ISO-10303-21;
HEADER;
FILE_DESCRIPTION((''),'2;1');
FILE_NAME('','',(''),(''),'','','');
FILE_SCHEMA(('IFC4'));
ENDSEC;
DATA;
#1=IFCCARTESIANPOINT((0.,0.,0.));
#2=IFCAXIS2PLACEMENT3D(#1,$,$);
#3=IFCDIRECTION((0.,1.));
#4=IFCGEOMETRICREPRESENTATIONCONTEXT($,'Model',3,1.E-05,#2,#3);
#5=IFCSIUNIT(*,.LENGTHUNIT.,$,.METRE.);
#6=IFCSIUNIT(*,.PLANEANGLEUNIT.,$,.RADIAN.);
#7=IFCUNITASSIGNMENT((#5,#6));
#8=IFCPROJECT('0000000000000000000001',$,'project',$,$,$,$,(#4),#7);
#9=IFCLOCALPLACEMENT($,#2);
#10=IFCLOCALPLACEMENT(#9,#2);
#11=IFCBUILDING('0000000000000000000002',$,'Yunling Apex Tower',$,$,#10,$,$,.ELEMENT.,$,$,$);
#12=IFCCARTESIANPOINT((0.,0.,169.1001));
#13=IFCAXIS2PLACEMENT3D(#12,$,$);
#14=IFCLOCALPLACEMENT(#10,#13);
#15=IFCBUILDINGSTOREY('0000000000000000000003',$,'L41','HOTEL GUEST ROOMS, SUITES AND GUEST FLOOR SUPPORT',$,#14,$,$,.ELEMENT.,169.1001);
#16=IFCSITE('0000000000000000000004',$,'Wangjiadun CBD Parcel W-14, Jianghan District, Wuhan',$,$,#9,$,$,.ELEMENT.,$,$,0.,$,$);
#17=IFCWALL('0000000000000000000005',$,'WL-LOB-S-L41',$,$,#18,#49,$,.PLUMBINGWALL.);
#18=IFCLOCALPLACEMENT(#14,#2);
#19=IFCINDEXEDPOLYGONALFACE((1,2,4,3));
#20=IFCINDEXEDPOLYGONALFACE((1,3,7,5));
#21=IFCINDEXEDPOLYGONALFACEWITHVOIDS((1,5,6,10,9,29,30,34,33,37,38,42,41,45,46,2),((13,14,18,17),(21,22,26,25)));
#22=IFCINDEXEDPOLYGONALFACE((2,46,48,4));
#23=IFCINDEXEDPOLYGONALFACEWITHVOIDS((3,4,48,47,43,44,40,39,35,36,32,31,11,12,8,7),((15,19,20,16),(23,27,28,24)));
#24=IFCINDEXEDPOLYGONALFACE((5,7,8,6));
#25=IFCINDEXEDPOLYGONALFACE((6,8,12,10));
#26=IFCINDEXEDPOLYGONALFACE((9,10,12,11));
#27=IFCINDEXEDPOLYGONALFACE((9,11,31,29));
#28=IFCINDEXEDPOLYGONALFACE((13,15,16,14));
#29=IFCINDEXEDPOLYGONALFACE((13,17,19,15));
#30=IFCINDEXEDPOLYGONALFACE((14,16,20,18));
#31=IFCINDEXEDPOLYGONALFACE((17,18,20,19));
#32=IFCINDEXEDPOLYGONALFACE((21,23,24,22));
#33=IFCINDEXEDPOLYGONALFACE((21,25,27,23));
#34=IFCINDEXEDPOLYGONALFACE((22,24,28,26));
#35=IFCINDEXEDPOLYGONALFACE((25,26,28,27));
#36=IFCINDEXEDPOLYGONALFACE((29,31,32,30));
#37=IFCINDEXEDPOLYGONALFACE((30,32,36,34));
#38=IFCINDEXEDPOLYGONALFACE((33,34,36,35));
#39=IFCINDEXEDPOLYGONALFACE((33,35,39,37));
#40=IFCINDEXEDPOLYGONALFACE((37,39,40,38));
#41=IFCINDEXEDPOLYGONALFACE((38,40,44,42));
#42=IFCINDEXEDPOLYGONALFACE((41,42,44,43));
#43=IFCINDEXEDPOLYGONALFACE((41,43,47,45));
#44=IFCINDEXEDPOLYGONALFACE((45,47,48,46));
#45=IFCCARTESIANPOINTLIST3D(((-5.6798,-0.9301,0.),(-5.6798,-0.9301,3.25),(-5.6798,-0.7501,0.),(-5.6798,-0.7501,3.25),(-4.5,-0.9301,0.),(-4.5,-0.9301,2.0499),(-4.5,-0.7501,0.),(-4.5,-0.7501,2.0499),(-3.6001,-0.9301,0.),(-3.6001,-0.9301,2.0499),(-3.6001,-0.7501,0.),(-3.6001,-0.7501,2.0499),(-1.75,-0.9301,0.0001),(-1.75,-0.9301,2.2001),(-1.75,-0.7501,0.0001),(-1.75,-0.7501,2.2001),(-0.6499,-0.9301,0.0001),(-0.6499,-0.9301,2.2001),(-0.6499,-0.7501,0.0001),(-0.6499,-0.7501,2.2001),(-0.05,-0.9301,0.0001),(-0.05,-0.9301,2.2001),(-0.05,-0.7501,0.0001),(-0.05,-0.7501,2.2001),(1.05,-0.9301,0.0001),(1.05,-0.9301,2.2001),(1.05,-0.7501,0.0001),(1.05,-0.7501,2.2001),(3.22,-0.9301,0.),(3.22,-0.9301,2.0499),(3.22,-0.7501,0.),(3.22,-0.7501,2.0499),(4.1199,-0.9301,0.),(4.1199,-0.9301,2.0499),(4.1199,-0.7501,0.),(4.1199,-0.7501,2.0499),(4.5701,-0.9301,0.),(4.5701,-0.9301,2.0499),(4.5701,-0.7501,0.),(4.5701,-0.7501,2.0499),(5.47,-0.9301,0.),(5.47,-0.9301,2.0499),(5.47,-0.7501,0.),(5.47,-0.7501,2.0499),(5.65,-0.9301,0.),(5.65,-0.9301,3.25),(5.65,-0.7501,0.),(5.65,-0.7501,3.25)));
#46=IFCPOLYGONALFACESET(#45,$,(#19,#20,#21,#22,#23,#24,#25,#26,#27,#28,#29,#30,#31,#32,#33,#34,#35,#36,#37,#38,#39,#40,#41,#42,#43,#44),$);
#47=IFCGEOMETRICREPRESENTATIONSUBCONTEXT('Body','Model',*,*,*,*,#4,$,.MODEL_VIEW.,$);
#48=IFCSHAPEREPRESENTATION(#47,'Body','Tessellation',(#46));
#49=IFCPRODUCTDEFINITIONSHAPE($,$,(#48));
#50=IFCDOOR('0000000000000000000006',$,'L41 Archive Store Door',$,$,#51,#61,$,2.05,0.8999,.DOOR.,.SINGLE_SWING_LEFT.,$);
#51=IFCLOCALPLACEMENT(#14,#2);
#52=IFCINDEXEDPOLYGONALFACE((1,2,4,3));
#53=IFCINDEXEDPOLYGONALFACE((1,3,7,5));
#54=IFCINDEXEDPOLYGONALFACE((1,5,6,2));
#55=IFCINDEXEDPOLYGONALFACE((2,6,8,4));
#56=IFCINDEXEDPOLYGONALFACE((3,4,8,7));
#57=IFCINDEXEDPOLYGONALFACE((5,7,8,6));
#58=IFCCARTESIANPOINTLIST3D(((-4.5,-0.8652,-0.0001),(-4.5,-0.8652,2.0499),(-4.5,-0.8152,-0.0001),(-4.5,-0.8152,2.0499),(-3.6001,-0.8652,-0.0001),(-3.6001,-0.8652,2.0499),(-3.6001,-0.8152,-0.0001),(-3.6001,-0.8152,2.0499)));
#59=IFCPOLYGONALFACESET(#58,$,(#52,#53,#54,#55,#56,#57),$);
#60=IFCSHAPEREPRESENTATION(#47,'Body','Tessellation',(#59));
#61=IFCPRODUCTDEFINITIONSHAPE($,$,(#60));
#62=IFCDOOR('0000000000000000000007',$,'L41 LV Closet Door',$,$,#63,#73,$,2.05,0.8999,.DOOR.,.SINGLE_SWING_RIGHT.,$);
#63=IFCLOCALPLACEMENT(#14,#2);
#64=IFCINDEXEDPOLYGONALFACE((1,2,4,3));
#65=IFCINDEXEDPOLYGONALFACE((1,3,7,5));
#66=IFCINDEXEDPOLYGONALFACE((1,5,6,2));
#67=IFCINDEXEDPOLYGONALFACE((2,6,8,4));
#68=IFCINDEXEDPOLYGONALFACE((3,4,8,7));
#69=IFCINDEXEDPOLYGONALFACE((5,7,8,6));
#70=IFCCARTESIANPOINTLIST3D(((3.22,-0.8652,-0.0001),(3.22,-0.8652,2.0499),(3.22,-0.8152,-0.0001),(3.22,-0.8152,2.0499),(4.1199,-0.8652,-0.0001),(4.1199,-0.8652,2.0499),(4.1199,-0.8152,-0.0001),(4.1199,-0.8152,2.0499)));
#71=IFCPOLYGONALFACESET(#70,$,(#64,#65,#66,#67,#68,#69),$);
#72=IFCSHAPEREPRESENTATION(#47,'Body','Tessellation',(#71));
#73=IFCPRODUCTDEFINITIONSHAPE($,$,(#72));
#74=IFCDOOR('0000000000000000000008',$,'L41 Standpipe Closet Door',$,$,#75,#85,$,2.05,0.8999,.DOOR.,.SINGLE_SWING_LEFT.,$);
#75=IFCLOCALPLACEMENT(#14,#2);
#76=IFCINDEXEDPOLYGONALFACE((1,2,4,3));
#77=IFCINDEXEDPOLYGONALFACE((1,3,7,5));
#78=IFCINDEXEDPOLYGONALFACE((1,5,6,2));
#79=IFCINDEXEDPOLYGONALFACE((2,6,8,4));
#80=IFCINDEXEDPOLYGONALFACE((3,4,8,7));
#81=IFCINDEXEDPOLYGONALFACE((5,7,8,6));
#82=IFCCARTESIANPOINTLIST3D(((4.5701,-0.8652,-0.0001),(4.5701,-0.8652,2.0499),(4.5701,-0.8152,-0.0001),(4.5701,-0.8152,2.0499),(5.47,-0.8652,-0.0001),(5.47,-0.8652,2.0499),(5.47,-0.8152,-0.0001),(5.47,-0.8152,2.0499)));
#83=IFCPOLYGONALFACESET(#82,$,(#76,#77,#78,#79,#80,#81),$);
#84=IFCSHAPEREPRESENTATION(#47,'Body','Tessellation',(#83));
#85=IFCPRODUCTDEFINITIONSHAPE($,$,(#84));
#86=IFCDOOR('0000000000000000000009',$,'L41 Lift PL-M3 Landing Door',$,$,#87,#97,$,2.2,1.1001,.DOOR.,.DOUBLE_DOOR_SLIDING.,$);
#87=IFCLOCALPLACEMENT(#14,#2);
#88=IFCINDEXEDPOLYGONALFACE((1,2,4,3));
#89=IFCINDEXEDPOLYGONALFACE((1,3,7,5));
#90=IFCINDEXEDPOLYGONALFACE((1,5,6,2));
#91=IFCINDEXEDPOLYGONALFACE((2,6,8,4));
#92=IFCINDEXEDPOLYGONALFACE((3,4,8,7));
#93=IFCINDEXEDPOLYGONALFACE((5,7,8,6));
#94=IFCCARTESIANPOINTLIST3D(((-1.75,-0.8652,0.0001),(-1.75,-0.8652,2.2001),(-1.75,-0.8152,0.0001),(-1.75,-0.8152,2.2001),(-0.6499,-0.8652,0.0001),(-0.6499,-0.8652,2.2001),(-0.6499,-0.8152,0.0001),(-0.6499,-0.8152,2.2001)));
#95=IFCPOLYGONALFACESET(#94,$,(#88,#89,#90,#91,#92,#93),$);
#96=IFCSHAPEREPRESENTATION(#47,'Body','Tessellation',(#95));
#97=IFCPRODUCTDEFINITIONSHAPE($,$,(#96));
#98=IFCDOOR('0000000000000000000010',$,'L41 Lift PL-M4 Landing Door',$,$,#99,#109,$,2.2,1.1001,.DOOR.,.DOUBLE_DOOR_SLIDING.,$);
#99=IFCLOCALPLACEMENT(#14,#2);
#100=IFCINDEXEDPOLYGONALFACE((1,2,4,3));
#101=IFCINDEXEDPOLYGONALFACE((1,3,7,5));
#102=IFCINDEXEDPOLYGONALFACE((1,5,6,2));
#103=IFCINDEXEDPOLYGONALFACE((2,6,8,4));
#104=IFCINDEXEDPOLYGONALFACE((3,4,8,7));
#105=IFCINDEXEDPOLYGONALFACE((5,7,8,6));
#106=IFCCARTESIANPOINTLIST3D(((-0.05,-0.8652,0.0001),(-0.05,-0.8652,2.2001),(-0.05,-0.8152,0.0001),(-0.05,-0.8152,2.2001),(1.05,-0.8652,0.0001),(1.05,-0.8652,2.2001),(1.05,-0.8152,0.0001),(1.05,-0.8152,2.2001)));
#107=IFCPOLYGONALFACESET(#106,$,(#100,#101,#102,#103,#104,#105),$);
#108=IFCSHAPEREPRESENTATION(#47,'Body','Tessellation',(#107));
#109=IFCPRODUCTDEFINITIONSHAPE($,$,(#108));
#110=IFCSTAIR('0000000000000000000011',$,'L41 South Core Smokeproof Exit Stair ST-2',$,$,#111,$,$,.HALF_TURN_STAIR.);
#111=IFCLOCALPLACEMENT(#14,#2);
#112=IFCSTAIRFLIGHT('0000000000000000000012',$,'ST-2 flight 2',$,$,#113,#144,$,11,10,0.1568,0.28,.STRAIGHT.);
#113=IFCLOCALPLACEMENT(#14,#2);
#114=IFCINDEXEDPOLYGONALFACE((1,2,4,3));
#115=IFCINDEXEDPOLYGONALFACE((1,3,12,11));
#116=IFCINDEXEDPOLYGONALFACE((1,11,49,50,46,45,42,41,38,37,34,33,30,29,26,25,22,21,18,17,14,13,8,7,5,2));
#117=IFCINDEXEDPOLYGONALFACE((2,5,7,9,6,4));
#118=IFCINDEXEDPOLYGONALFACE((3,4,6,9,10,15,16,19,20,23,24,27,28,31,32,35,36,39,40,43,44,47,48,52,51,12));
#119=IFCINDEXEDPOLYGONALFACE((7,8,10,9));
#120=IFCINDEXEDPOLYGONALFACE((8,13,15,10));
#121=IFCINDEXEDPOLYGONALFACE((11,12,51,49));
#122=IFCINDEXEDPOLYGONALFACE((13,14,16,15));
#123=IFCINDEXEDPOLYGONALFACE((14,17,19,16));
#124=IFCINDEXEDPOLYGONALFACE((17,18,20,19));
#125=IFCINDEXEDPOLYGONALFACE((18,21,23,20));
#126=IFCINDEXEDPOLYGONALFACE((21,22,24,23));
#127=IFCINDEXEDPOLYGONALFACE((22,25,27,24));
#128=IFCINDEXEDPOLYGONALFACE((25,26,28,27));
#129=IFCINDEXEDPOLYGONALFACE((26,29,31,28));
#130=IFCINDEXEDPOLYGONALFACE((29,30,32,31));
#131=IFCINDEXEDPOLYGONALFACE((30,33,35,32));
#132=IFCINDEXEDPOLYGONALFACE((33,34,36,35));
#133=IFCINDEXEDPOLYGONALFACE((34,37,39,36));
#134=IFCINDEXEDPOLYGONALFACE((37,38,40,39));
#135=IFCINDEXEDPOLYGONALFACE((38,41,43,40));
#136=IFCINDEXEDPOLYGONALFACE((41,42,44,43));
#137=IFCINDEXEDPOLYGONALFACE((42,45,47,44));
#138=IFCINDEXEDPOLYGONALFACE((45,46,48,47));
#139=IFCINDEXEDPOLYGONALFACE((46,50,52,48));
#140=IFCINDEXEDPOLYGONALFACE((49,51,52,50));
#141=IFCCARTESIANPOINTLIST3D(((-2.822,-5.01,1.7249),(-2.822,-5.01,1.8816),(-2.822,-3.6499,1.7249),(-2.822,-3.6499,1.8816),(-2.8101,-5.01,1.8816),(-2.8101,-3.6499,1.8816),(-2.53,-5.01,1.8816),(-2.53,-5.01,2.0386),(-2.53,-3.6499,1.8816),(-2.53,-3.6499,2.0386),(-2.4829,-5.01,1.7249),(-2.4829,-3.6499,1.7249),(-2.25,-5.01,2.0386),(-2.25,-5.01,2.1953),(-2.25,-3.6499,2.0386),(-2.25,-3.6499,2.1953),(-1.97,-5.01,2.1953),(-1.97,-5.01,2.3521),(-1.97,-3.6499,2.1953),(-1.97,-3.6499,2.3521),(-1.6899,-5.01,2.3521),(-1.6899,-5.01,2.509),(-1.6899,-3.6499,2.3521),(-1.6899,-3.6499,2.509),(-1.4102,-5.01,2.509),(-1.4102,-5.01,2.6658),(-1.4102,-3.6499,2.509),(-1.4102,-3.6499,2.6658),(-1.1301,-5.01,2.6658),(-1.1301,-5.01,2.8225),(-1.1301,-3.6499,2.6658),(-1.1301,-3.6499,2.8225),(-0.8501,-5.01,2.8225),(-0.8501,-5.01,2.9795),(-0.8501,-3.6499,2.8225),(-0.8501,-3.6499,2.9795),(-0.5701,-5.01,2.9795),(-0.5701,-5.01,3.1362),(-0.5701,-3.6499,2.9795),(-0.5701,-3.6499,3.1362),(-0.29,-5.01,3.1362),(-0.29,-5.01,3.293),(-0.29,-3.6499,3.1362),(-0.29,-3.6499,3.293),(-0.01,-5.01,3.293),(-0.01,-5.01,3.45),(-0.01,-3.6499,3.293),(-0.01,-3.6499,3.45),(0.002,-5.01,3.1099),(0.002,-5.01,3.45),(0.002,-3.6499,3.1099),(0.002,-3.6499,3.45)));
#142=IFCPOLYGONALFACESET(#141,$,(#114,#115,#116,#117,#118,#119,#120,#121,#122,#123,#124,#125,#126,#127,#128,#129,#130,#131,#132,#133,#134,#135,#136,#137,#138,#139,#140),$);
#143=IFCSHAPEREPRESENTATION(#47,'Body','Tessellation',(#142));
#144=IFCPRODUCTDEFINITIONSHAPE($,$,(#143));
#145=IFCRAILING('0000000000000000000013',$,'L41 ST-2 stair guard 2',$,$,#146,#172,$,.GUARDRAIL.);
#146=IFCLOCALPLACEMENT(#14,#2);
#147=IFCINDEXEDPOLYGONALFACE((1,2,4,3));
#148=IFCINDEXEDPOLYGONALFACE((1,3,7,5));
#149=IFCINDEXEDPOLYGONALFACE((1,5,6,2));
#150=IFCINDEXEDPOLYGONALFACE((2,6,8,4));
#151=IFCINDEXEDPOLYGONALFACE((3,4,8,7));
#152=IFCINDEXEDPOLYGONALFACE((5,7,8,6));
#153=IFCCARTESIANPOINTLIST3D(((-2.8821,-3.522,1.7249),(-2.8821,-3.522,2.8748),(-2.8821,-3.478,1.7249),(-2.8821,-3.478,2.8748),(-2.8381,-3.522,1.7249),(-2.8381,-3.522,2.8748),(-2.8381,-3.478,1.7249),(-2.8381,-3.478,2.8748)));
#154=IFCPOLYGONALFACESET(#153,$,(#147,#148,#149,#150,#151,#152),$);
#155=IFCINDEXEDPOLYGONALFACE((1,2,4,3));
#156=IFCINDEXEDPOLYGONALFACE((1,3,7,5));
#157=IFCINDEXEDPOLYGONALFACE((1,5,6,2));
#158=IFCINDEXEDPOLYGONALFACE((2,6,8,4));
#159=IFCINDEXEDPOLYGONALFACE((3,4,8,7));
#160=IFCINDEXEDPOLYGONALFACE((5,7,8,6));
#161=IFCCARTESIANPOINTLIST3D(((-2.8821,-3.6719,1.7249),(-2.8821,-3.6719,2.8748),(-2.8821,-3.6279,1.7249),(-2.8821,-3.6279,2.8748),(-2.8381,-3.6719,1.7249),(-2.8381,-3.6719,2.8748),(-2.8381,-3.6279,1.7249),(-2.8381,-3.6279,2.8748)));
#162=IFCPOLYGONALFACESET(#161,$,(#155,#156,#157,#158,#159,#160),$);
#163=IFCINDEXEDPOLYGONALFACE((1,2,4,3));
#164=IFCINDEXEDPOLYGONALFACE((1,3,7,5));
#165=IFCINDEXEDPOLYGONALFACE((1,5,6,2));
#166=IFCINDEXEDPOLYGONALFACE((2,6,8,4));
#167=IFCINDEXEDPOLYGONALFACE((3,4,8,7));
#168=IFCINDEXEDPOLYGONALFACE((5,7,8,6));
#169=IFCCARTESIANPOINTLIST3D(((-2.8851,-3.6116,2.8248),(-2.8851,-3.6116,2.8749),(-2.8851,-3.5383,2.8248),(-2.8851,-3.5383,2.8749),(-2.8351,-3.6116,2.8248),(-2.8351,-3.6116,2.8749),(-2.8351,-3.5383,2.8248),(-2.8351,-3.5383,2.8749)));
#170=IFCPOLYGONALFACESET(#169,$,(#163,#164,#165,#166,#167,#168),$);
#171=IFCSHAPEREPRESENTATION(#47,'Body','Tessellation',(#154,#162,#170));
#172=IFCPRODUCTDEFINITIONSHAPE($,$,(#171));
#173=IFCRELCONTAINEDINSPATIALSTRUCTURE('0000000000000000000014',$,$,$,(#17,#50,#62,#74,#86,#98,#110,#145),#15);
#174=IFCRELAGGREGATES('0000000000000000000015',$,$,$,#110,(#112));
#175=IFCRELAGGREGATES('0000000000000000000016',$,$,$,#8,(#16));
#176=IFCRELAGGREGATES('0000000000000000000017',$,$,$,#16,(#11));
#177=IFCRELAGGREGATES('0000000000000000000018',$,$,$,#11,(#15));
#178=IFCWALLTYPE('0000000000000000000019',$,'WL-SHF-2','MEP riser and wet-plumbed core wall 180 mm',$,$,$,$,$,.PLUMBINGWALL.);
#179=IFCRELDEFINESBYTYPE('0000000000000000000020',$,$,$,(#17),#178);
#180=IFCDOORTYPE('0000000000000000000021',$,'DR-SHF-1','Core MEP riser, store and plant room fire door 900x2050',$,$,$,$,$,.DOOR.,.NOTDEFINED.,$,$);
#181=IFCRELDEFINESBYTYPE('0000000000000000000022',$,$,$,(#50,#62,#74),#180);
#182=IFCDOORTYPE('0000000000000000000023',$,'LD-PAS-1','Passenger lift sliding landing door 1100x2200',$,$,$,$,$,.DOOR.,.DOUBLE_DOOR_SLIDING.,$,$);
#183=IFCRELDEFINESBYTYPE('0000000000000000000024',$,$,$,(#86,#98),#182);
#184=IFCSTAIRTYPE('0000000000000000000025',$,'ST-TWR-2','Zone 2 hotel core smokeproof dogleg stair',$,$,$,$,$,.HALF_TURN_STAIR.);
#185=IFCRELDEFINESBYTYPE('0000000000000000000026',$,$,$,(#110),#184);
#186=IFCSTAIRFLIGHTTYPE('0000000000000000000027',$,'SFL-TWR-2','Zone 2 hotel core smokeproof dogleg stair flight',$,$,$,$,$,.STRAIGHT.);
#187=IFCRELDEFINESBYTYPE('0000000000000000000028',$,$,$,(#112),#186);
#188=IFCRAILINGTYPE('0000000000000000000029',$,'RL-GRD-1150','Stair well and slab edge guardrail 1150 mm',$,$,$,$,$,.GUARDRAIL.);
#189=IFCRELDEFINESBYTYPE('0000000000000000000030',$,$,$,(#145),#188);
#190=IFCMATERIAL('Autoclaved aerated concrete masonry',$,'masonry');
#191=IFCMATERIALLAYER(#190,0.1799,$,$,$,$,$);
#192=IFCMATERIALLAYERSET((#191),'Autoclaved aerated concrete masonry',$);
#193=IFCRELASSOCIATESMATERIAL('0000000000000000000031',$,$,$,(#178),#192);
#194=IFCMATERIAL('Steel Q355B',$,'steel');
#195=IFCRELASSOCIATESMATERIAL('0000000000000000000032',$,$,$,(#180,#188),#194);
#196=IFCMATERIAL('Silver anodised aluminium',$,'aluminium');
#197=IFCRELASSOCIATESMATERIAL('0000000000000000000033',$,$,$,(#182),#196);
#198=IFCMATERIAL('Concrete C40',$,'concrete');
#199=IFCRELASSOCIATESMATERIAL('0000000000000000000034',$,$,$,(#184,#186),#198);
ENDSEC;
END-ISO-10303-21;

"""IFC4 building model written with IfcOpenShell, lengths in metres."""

from ifc_helpers import new_model, si_unit, direction, frame, frame_2d, origin, origin_2d, place, context, subcontext, project, spatial, polyline, rectangle, outline, extrude, material, layer, layer_set, type_object, element, fill, aggregate, save


model = new_model("IFC4")

# Units and contexts
model_context = context("Model", 3, precision=1e-05, world=origin(), true_north=direction((0.0, 1.0)))
body_context = subcontext(model_context, "Body", "Model", "MODEL_VIEW")
ifc_project = project(units=[si_unit("LENGTHUNIT", "METRE"), si_unit("PLANEANGLEUNIT", "RADIAN")], contexts=[model_context])

# Site, building, storey
site_placement = place(None, origin())
site = spatial("IfcSite", under=ifc_project, at=site_placement, Name="Wangjiadun CBD Parcel W-14, Jianghan District, Wuhan", CompositionType="ELEMENT", RefElevation=0.0)
building_placement = place(site_placement, origin())
building = spatial("IfcBuilding", under=site, at=building_placement, Name="Yunling Apex Tower", CompositionType="ELEMENT")
storey_placement = place(building_placement, frame((0.0, 0.0, 169.1001)))
storey = spatial("IfcBuildingStorey", under=building, at=storey_placement, Name="L41", Description="HOTEL GUEST ROOMS, SUITES AND GUEST FLOOR SUPPORT", CompositionType="ELEMENT", Elevation=169.1001)

# Shared definitions
ifc_material_1 = material(Name="Steel Q355B", Category="steel")

# Shared definitions
ifc_material_2 = material(Name="Concrete C40", Category="concrete")

# Shared definitions
ifc_material_3 = material(Name="Autoclaved aerated concrete masonry", Category="masonry")

# Shared definitions
ifc_layer_1 = layer(ifc_material_3, 0.1799)
ifc_layer_set_1 = layer_set([ifc_layer_1], Name="Autoclaved aerated concrete masonry")
wall_type_1 = type_object("IfcWallType", Name="WL-SHF-2", Description="MEP riser and wet-plumbed core wall 180 mm", PredefinedType="PLUMBINGWALL", material=ifc_layer_set_1)

# Wall, openings, doors
door_type_1 = type_object("IfcDoorType", Name="DR-SHF-1", Description="Core MEP riser, store and plant room fire door 900x2050", OperationType="NOTDEFINED", PredefinedType="DOOR", material=ifc_material_1)
ifc_material_4 = material(Name="Silver anodised aluminium", Category="aluminium")
door_type_2 = type_object("IfcDoorType", Name="LD-PAS-1", Description="Passenger lift sliding landing door 1100x2200", OperationType="DOUBLE_DOOR_SLIDING", PredefinedType="DOOR", material=ifc_material_4)
wall_1_placement = place(storey_placement, frame((-5.6799, -0.8401, 0.0), z_axis=(0.0, 0.0, 1.0), x_axis=(1.0, 0.0, 0.0)))
wall_1 = element("IfcWall", 1, at=wall_1_placement, inside=storey, type_object=wall_type_1, Name="WL-LOB-S-L41", PredefinedType="PLUMBINGWALL", context=body_context, shape_type="SweptSolid", body=[
    extrude(rectangle(XDim=11.3298, YDim=0.1799, at=frame_2d((5.665, 0.0))), origin(), (0.0, 0.0, 1.0), 3.25),
])
opening_1_placement = place(wall_1_placement, frame((1.1799, 0.0, 0.0)))
opening_1 = element("IfcOpeningElement", 2, at=opening_1_placement, cuts=wall_1, PredefinedType="OPENING", context=body_context, shape_type="SweptSolid", body=[
    extrude(rectangle(XDim=0.8999, YDim=2.05, at=frame_2d((0.45, 1.0249))), frame((0.0, 0.1001, 0.0), z_axis=(0.0, -1.0, 0.0), x_axis=(1.0, 0.0, 0.0)), (0.0, 0.0, 1.0), 0.2),
])
opening_2_placement = place(wall_1_placement, frame((3.9299, 0.0, 0.0)))
opening_2 = element("IfcOpeningElement", 3, at=opening_2_placement, cuts=wall_1, PredefinedType="OPENING", context=body_context, shape_type="SweptSolid", body=[
    extrude(rectangle(XDim=1.1001, YDim=2.2, at=frame_2d((0.55, 1.1001))), frame((0.0, 0.1001, 0.0), z_axis=(0.0, -1.0, 0.0), x_axis=(1.0, 0.0, 0.0)), (0.0, 0.0, 1.0), 0.2),
])
opening_3_placement = place(wall_1_placement, frame((5.6299, 0.0, 0.0)))
opening_3 = element("IfcOpeningElement", 4, at=opening_3_placement, cuts=wall_1, PredefinedType="OPENING", context=body_context, shape_type="SweptSolid", body=[
    extrude(rectangle(XDim=1.1001, YDim=2.2, at=frame_2d((0.55, 1.1001))), frame((0.0, 0.1001, 0.0), z_axis=(0.0, -1.0, 0.0), x_axis=(1.0, 0.0, 0.0)), (0.0, 0.0, 1.0), 0.2),
])
opening_4_placement = place(wall_1_placement, frame((8.8999, 0.0, 0.0)))
opening_4 = element("IfcOpeningElement", 5, at=opening_4_placement, cuts=wall_1, PredefinedType="OPENING", context=body_context, shape_type="SweptSolid", body=[
    extrude(rectangle(XDim=0.8999, YDim=2.05, at=frame_2d((0.45, 1.0249))), frame((0.0, 0.1001, 0.0), z_axis=(0.0, -1.0, 0.0), x_axis=(1.0, 0.0, 0.0)), (0.0, 0.0, 1.0), 0.2),
])
opening_5_placement = place(wall_1_placement, frame((10.25, 0.0, 0.0)))
opening_5 = element("IfcOpeningElement", 6, at=opening_5_placement, cuts=wall_1, PredefinedType="OPENING", context=body_context, shape_type="SweptSolid", body=[
    extrude(rectangle(XDim=0.8999, YDim=2.05, at=frame_2d((0.45, 1.0249))), frame((0.0, 0.1001, 0.0), z_axis=(0.0, -1.0, 0.0), x_axis=(1.0, 0.0, 0.0)), (0.0, 0.0, 1.0), 0.2),
])
door_1_placement = place(opening_1_placement, origin())
door_1 = element("IfcDoor", 7, at=door_1_placement, inside=storey, type_object=door_type_1, Name="L41 Archive Store Door", OperationType="SINGLE_SWING_LEFT", OverallHeight=2.05, OverallWidth=0.8999, PredefinedType="DOOR", context=body_context, shape_type="SweptSolid", body=[
    extrude(rectangle(XDim=0.8999, YDim=2.05, at=frame_2d((0.45, 1.0249))), frame((0.0, 0.0249, 0.0), z_axis=(0.0, -1.0, 0.0), x_axis=(1.0, 0.0, 0.0)), (0.0, 0.0, 1.0), 0.05),
])
fill(opening_1, door_1)
door_2_placement = place(opening_4_placement, origin())
door_2 = element("IfcDoor", 8, at=door_2_placement, inside=storey, type_object=door_type_1, Name="L41 LV Closet Door", OperationType="SINGLE_SWING_RIGHT", OverallHeight=2.05, OverallWidth=0.8999, PredefinedType="DOOR", context=body_context, shape_type="SweptSolid", body=[
    extrude(rectangle(XDim=0.8999, YDim=2.05, at=frame_2d((0.45, 1.0249))), frame((0.0, 0.0249, 0.0), z_axis=(0.0, -1.0, 0.0), x_axis=(1.0, 0.0, 0.0)), (0.0, 0.0, 1.0), 0.05),
])
fill(opening_4, door_2)
door_3_placement = place(opening_5_placement, origin())
door_3 = element("IfcDoor", 9, at=door_3_placement, inside=storey, type_object=door_type_1, Name="L41 Standpipe Closet Door", OperationType="SINGLE_SWING_LEFT", OverallHeight=2.05, OverallWidth=0.8999, PredefinedType="DOOR", context=body_context, shape_type="SweptSolid", body=[
    extrude(rectangle(XDim=0.8999, YDim=2.05, at=frame_2d((0.45, 1.0249))), frame((0.0, 0.0249, 0.0), z_axis=(0.0, -1.0, 0.0), x_axis=(1.0, 0.0, 0.0)), (0.0, 0.0, 1.0), 0.05),
])
fill(opening_5, door_3)
door_4_placement = place(opening_2_placement, origin())
door_4 = element("IfcDoor", 10, at=door_4_placement, inside=storey, type_object=door_type_2, Name="L41 Lift PL-M3 Landing Door", OperationType="DOUBLE_DOOR_SLIDING", OverallHeight=2.2, OverallWidth=1.1001, PredefinedType="DOOR", context=body_context, shape_type="SweptSolid", body=[
    extrude(rectangle(XDim=1.1001, YDim=2.2, at=frame_2d((0.55, 1.1001))), frame((0.0, 0.0249, 0.0), z_axis=(0.0, -1.0, 0.0), x_axis=(1.0, 0.0, 0.0)), (0.0, 0.0, 1.0), 0.05),
])
fill(opening_2, door_4)
door_5_placement = place(opening_3_placement, origin())
door_5 = element("IfcDoor", 11, at=door_5_placement, inside=storey, type_object=door_type_2, Name="L41 Lift PL-M4 Landing Door", OperationType="DOUBLE_DOOR_SLIDING", OverallHeight=2.2, OverallWidth=1.1001, PredefinedType="DOOR", context=body_context, shape_type="SweptSolid", body=[
    extrude(rectangle(XDim=1.1001, YDim=2.2, at=frame_2d((0.55, 1.1001))), frame((0.0, 0.0249, 0.0), z_axis=(0.0, -1.0, 0.0), x_axis=(1.0, 0.0, 0.0)), (0.0, 0.0, 1.0), 0.05),
])
fill(opening_3, door_5)

# Stair, stair flight
stair_type = type_object("IfcStairType", Name="ST-TWR-2", Description="Zone 2 hotel core smokeproof dogleg stair", PredefinedType="HALF_TURN_STAIR", material=ifc_material_2)
stair_placement = place(storey_placement, origin())
stair = element("IfcStair", 12, at=stair_placement, inside=storey, type_object=stair_type, Name="L41 South Core Smokeproof Exit Stair ST-2", PredefinedType="HALF_TURN_STAIR")
stair_flight_type = type_object("IfcStairFlightType", Name="SFL-TWR-2", Description="Zone 2 hotel core smokeproof dogleg stair flight", PredefinedType="STRAIGHT", material=ifc_material_2)
stair_flight_placement = place(storey_placement, frame((-2.8101, -4.3301, 1.7249), z_axis=(0.0, 0.0, 1.0), x_axis=(1.0, 0.0, 0.0)))
stair_flight = element("IfcStairFlight", 13, at=stair_flight_placement, type_object=stair_flight_type, Name="ST-2 flight 2", NumberOfRisers=11, NumberOfTreads=10, PredefinedType="STRAIGHT", RiserHeight=0.1568, TreadLength=0.28, context=body_context, shape_type="SweptSolid", body=[
    extrude(outline(polyline([(-0.012, 0.0), (-0.012, 0.1567), (0.0, 0.1567), (0.28, 0.1567), (0.28, 0.3137), (0.5601, 0.3137), (0.5601, 0.4705), (0.8401, 0.4705), (0.8401, 0.6272), (1.1201, 0.6272), (1.1201, 0.7842), (1.3999, 0.7842), (1.3999, 0.9409), (1.6799, 0.9409), (1.6799, 1.0977), (1.96, 1.0977), (1.96, 1.2546), (2.24, 1.2546), (2.24, 1.4114), (2.52, 1.4114), (2.52, 1.5681), (2.8, 1.5681), (2.8, 1.7251), (2.812, 1.7251), (2.812, 1.385), (0.3271, 0.0), (-0.012, 0.0)])), frame((0.0, 0.6802, 0.0), z_axis=(0.0, -1.0, 0.0), x_axis=(1.0, 0.0, 0.0)), (0.0, 0.0, 1.0), 1.3601),
])
aggregate(stair, [stair_flight])

# Railing
railing_type_1 = type_object("IfcRailingType", Name="RL-GRD-1150", Description="Stair well and slab edge guardrail 1150 mm", PredefinedType="GUARDRAIL", material=ifc_material_1)
railing_1_placement = place(storey_placement, frame((-2.8601, -3.5, 1.7249)))
element("IfcRailing", 14, at=railing_1_placement, inside=storey, type_object=railing_type_1, Name="L41 ST-2 stair guard 2", PredefinedType="GUARDRAIL", context=body_context, shape_type="SweptSolid", body=[
    extrude(rectangle(XDim=0.0439, YDim=0.0439, at=origin_2d()), origin(), (0.0, 0.0, 1.0), 1.1499),
    extrude(rectangle(XDim=0.0439, YDim=0.0439, at=origin_2d()), frame((0.0, -0.1499, 0.0)), (0.0, 0.0, 1.0), 1.1499),
    extrude(rectangle(XDim=0.05, YDim=0.05, at=origin_2d()), frame((0.0, -0.0383, 1.125), z_axis=(0.0, -1.0, 0.0), x_axis=(1.0, 0.0, 0.0)), (0.0, 0.0, 1.0), 0.0732),
])

save(model, "model.ifc")
